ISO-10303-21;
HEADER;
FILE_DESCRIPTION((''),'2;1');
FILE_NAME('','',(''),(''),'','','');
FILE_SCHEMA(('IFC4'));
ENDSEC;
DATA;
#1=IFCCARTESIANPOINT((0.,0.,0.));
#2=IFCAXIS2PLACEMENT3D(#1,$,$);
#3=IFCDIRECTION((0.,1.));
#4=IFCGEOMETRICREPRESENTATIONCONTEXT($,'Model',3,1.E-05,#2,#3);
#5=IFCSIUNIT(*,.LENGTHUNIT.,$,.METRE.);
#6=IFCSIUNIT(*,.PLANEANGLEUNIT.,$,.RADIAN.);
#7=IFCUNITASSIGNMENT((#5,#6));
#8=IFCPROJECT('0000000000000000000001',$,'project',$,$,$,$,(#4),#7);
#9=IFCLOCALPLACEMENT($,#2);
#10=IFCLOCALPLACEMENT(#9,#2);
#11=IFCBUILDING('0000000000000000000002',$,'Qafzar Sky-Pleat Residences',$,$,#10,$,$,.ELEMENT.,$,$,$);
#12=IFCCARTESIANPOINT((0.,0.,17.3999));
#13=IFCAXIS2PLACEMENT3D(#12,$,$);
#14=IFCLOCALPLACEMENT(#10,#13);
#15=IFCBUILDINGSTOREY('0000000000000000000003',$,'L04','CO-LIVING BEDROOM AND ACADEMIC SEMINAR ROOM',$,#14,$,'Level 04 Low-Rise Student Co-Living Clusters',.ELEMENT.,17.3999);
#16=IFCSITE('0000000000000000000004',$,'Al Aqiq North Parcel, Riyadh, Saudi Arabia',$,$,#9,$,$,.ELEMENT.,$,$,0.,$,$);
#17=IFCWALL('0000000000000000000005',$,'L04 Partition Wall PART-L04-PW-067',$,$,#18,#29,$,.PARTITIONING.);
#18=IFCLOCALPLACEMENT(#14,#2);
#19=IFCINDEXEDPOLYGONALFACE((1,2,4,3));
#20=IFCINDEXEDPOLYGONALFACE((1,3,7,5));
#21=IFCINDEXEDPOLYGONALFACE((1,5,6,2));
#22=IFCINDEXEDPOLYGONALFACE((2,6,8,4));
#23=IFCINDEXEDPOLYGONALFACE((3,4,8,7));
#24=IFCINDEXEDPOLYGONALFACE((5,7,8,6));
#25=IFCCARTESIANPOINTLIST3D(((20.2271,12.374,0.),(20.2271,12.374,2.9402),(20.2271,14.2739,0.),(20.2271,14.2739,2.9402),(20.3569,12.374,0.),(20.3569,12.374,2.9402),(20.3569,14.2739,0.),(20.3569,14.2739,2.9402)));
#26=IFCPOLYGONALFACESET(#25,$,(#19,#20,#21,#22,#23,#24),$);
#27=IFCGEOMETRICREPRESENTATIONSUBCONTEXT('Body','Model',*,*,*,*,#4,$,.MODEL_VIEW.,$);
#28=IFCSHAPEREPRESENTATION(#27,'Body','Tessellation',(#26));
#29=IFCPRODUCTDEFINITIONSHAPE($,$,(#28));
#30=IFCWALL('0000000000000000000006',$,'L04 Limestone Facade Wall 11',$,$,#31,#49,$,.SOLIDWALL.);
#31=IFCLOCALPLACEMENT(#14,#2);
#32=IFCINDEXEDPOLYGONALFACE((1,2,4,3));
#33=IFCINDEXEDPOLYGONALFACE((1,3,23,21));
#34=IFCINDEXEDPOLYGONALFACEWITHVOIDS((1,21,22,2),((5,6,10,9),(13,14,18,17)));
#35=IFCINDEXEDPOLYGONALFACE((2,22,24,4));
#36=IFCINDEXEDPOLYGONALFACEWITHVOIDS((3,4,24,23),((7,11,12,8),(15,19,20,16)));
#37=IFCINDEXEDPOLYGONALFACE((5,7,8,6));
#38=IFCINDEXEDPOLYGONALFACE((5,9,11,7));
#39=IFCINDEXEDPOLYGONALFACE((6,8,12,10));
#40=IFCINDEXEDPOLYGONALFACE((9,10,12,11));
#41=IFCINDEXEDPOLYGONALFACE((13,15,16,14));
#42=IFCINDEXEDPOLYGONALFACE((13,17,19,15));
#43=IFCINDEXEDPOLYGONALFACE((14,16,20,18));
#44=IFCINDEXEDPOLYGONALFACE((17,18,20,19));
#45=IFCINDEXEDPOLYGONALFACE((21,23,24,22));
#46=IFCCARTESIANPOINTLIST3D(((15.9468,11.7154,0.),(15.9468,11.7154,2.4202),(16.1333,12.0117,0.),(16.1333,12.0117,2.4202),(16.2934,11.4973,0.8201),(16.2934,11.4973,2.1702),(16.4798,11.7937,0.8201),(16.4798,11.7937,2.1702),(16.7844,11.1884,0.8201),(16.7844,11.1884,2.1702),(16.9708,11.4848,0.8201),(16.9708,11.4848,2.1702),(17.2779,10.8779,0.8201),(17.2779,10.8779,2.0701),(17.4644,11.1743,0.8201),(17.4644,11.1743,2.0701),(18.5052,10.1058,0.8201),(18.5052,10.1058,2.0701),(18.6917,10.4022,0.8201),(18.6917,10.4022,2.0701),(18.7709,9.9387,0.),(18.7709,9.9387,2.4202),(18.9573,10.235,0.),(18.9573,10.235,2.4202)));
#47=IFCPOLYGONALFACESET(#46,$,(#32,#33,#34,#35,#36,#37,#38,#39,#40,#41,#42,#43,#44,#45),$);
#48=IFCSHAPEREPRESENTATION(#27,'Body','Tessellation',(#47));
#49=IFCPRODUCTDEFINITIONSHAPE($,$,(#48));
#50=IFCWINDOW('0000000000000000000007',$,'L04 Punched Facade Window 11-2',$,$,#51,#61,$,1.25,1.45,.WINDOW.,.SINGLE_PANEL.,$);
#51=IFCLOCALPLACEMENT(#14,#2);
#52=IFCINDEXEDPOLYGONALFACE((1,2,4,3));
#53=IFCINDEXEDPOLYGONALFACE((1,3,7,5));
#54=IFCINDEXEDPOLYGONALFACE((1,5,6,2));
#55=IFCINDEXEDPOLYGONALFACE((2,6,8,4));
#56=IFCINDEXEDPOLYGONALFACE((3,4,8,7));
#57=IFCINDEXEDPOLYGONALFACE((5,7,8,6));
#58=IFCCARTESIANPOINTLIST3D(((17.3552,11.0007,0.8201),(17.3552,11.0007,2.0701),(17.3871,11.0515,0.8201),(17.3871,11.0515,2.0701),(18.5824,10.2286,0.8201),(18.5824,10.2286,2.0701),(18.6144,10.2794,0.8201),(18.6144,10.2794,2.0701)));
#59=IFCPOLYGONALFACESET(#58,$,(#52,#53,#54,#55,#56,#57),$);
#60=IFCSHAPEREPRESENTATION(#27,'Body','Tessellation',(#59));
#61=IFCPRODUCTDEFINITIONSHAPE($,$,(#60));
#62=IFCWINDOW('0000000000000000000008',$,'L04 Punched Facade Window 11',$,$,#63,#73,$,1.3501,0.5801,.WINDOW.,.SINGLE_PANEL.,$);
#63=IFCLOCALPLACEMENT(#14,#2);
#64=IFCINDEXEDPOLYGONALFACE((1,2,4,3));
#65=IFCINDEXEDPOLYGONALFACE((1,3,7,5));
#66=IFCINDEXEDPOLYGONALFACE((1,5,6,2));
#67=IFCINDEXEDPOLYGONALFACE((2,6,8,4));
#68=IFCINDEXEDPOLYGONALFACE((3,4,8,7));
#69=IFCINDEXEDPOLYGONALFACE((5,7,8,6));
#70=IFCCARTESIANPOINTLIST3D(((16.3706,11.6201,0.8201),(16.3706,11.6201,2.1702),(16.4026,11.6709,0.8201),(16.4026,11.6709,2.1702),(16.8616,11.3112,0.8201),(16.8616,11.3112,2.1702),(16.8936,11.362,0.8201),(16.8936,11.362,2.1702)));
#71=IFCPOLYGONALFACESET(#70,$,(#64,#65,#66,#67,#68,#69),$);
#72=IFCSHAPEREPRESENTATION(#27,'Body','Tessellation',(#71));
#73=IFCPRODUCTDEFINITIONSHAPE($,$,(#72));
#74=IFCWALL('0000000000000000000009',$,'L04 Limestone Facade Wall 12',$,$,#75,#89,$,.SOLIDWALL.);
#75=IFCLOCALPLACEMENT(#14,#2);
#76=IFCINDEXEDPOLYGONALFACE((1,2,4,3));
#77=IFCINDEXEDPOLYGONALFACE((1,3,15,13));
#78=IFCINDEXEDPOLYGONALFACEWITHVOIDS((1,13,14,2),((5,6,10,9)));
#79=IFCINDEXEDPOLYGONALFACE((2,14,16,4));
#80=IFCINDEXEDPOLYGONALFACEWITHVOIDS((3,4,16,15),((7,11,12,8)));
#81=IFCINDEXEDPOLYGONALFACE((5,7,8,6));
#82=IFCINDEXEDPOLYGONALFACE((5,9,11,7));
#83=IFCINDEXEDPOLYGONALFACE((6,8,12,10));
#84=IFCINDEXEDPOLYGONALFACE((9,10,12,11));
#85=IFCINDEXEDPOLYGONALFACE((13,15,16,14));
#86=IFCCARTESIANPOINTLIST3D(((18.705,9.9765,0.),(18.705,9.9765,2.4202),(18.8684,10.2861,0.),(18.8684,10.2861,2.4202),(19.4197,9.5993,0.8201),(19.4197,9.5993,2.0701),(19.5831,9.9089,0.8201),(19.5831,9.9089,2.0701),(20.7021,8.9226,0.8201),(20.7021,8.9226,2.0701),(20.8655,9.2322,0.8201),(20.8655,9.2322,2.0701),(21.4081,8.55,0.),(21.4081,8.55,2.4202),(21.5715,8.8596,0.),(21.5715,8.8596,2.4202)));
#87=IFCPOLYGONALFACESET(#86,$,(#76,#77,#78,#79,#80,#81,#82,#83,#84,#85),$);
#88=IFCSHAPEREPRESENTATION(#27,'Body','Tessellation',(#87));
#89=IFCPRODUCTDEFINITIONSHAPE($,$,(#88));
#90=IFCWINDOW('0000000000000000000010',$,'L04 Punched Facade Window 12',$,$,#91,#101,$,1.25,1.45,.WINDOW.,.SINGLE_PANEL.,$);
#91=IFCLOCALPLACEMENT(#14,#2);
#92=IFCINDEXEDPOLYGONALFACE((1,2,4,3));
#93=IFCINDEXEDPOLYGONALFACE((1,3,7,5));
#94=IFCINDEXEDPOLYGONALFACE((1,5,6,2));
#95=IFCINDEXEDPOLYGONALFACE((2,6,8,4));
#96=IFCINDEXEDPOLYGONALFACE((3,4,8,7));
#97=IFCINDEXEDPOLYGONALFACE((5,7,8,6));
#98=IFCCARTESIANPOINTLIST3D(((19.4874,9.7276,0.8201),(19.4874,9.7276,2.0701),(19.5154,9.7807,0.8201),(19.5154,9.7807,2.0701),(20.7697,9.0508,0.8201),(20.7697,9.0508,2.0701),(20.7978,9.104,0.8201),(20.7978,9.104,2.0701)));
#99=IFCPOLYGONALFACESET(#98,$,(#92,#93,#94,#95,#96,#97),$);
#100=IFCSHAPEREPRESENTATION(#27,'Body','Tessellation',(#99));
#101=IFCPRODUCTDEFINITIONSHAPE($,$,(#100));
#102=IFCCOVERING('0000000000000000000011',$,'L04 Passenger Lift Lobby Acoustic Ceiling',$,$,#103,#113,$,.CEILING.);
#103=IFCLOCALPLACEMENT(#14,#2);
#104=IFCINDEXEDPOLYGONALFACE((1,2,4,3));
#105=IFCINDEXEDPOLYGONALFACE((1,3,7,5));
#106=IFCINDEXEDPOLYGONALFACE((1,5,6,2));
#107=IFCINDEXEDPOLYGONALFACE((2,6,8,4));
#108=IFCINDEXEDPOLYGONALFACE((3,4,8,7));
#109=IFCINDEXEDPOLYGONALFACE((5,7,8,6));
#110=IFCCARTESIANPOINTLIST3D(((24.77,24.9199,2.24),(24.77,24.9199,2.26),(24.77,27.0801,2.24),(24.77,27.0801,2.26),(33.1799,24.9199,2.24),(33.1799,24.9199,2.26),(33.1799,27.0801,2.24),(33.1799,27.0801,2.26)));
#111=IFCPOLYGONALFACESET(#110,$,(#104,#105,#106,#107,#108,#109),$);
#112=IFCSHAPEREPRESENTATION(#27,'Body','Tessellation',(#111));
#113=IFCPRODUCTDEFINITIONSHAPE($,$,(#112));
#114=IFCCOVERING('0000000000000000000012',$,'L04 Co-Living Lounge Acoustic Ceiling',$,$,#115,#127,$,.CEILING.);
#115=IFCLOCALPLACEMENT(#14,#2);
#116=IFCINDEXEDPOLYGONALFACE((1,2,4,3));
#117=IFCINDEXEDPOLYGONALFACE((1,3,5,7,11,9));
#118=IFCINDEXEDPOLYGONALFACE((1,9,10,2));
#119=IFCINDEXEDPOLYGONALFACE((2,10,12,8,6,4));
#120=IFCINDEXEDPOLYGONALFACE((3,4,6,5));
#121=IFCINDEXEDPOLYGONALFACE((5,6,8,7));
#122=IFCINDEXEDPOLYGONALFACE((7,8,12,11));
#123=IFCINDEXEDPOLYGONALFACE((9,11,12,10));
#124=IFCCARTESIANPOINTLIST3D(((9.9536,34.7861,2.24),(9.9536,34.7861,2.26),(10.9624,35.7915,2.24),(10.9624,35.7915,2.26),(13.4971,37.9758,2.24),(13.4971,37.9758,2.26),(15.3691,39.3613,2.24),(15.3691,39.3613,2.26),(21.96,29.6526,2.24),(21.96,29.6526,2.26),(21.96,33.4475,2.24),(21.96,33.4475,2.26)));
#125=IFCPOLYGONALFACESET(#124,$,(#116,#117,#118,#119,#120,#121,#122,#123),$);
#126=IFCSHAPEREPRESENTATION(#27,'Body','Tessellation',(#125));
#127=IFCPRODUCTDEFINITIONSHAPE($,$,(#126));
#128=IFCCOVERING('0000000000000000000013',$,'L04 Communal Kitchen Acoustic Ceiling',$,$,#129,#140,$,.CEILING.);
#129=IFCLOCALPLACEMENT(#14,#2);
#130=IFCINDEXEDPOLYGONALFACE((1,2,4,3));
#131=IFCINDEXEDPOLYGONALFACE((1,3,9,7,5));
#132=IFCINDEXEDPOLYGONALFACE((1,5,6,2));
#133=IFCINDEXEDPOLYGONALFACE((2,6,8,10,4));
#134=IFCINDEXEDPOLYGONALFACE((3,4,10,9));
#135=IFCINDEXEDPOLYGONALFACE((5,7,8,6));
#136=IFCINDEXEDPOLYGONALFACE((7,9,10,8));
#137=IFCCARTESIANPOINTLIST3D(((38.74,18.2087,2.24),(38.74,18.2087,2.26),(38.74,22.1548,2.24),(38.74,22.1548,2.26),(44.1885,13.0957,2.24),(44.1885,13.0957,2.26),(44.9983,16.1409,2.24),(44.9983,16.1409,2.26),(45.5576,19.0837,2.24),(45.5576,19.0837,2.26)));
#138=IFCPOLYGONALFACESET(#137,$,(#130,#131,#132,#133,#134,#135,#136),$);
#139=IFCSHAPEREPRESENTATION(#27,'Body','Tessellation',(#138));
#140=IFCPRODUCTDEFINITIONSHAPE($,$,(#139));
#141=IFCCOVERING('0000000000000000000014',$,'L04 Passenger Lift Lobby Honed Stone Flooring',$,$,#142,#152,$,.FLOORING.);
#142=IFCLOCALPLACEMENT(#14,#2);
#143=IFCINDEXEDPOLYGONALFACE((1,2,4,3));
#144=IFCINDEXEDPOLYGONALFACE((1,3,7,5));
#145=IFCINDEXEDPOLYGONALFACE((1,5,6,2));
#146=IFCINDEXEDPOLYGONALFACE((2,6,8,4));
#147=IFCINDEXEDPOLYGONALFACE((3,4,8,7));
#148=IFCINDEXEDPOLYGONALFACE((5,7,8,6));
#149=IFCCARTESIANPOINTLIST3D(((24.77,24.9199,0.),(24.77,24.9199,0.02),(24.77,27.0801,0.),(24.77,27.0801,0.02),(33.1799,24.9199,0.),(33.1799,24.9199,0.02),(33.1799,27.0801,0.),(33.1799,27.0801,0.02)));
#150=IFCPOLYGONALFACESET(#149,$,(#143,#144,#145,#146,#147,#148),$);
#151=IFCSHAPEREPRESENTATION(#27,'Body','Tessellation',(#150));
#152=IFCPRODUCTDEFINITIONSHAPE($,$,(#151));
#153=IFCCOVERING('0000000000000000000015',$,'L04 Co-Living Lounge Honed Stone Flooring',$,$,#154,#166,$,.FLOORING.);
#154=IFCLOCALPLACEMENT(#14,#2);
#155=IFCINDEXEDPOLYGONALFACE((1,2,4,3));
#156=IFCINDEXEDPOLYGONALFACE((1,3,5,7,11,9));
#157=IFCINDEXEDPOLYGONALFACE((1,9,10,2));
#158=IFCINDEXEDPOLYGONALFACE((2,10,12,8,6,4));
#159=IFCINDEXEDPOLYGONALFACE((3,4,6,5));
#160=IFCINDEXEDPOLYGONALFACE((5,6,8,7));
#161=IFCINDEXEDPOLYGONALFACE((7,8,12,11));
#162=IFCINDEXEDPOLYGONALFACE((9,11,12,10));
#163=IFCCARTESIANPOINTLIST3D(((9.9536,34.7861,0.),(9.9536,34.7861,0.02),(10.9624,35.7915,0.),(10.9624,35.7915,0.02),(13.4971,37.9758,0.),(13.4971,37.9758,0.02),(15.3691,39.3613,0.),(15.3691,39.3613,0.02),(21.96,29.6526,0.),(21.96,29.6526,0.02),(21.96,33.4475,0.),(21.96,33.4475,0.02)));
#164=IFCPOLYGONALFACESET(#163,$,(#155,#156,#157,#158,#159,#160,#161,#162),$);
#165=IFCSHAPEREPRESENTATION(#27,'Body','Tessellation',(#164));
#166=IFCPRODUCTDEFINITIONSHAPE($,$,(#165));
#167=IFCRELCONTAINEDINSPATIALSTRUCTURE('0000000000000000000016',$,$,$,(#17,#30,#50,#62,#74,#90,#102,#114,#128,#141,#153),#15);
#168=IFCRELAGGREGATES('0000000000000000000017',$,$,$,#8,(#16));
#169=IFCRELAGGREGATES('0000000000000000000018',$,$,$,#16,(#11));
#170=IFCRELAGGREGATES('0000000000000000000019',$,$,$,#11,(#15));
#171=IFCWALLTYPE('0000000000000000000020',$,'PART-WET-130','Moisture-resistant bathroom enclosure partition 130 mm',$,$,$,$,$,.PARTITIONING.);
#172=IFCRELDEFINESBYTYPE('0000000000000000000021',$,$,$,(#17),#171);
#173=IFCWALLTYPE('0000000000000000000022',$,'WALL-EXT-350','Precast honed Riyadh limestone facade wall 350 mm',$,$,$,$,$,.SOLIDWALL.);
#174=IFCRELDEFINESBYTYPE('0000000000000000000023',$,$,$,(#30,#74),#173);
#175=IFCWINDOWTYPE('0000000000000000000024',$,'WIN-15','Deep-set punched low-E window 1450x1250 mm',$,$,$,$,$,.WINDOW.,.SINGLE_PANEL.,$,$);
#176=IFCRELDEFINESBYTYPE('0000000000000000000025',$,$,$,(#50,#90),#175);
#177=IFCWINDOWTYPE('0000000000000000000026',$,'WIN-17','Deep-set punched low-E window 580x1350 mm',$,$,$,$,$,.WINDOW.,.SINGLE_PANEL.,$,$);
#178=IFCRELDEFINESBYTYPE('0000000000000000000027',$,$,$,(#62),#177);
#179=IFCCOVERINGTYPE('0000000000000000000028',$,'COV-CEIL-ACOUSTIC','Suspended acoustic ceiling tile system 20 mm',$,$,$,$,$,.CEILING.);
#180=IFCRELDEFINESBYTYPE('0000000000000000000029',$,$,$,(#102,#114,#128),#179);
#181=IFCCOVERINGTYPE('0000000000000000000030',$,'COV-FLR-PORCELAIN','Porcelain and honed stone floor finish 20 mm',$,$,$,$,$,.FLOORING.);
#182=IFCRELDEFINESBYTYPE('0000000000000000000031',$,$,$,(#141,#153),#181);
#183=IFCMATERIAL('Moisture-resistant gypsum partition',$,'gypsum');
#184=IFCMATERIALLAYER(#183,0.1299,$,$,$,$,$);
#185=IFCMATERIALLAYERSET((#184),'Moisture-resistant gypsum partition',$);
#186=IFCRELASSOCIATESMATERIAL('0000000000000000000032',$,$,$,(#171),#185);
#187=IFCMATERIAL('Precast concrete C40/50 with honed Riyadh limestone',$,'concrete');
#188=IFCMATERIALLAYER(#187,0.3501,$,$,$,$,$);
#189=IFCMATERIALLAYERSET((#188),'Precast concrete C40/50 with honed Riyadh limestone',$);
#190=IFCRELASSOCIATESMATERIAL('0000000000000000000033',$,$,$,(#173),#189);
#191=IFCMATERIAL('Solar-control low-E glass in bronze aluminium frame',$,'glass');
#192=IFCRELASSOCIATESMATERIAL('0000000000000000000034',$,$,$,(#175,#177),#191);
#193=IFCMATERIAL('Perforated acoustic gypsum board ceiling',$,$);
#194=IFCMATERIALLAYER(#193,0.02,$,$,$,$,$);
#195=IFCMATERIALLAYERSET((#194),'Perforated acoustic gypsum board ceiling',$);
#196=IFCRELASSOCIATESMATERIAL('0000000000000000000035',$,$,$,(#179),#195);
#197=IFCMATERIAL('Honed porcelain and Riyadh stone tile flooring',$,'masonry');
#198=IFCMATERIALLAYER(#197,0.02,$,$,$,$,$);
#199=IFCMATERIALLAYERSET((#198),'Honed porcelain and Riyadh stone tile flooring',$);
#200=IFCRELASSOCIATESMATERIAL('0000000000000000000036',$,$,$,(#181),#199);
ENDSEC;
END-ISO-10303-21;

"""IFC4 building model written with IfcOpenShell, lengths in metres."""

from ifc_helpers import new_model, si_unit, direction, frame, frame_2d, origin, place, context, subcontext, project, spatial, polyline, rectangle, outline, extrude, source, transform, mapped, material, layer, layer_set, type_object, element, fill, save


model = new_model("IFC4")

# Units and contexts
model_context = context("Model", 3, precision=1e-05, world=origin(), true_north=direction((0.0, 1.0)))
body_context = subcontext(model_context, "Body", "Model", "MODEL_VIEW")
ifc_project = project(units=[si_unit("LENGTHUNIT", "METRE"), si_unit("PLANEANGLEUNIT", "RADIAN")], contexts=[model_context])

# Site, building, storey
site_placement = place(None, origin())
site = spatial("IfcSite", under=ifc_project, at=site_placement, Name="Al Aqiq North Parcel, Riyadh, Saudi Arabia", CompositionType="ELEMENT", RefElevation=0.0)
building_placement = place(site_placement, origin())
building = spatial("IfcBuilding", under=site, at=building_placement, Name="Qafzar Sky-Pleat Residences", CompositionType="ELEMENT")
storey_placement = place(building_placement, frame((0.0, 0.0, 17.3999)))
storey = spatial("IfcBuildingStorey", under=building, at=storey_placement, Name="L04", Description="CO-LIVING BEDROOM AND ACADEMIC SEMINAR ROOM", LongName="Level 04 Low-Rise Student Co-Living Clusters", CompositionType="ELEMENT", Elevation=17.3999)

# Wall
ifc_material_1 = material(Name="Moisture-resistant gypsum partition", Category="gypsum")
ifc_layer_1 = layer(ifc_material_1, 0.1299)
ifc_layer_set_1 = layer_set([ifc_layer_1], Name="Moisture-resistant gypsum partition")
wall_type_1 = type_object("IfcWallType", Name="PART-WET-130", Description="Moisture-resistant bathroom enclosure partition 130 mm", PredefinedType="PARTITIONING", material=ifc_layer_set_1)
wall_1_placement = place(storey_placement, frame((20.292, 12.374, 0.0), z_axis=(0.0, 0.0, 1.0), x_axis=(0.0, 1.0, 0.0)))
element("IfcWall", 1, at=wall_1_placement, inside=storey, type_object=wall_type_1, Name="L04 Partition Wall PART-L04-PW-067", PredefinedType="PARTITIONING", context=body_context, shape_type="SweptSolid", body=[
    extrude(rectangle(XDim=1.8999, YDim=0.1299, at=frame_2d((0.95, 0.0))), origin(), (0.0, 0.0, 1.0), 2.9402),
])

# Wall, openings, windows
ifc_material_2 = material(Name="Precast concrete C40/50 with honed Riyadh limestone", Category="concrete")
ifc_layer_2 = layer(ifc_material_2, 0.3501)
ifc_layer_set_2 = layer_set([ifc_layer_2], Name="Precast concrete C40/50 with honed Riyadh limestone")
wall_type_2 = type_object("IfcWallType", Name="WALL-EXT-350", Description="Precast honed Riyadh limestone facade wall 350 mm", PredefinedType="SOLIDWALL", material=ifc_layer_set_2)
wall_2_placement = place(storey_placement, frame((16.04, 11.8635, 0.0), z_axis=(0.0, 0.0, 1.0), x_axis=(0.846428, -0.532503, 0.0)))
wall_2 = element("IfcWall", 2, at=wall_2_placement, inside=storey, type_object=wall_type_2, Name="L04 Limestone Facade Wall 11", PredefinedType="SOLIDWALL", context=body_context, shape_type="SweptSolid", body=[
    extrude(rectangle(XDim=3.3364, YDim=0.3501, at=frame_2d((1.6682, 0.0))), origin(), (0.0, 0.0, 1.0), 2.4202),
])
opening_1_placement = place(wall_2_placement, frame((0.4094, 0.0, 0.8201)))
opening_1 = element("IfcOpeningElement", 3, at=opening_1_placement, cuts=wall_2, PredefinedType="OPENING", context=body_context, shape_type="SweptSolid", body=[
    extrude(rectangle(XDim=0.5801, YDim=1.3501, at=frame_2d((0.29, 0.675))), frame((0.0, 0.1851, 0.0), z_axis=(0.0, -1.0, 0.0), x_axis=(1.0, 0.0, 0.0)), (0.0, 0.0, 1.0), 0.3701),
])
opening_2_placement = place(wall_2_placement, frame((1.5725, 0.0, 0.8201)))
opening_2 = element("IfcOpeningElement", 4, at=opening_2_placement, cuts=wall_2, PredefinedType="OPENING", context=body_context, shape_type="SweptSolid", body=[
    extrude(rectangle(XDim=1.45, YDim=1.25, at=frame_2d((0.7251, 0.625))), frame((0.0, 0.1851, 0.0), z_axis=(0.0, -1.0, 0.0), x_axis=(1.0, 0.0, 0.0)), (0.0, 0.0, 1.0), 0.3701),
])
ifc_material_3 = material(Name="Solar-control low-E glass in bronze aluminium frame", Category="glass")
window_type_1 = type_object("IfcWindowType", Name="WIN-15", Description="Deep-set punched low-E window 1450x1250 mm", PartitioningType="SINGLE_PANEL", PredefinedType="WINDOW", material=ifc_material_3)
shared_shape_1 = source(origin(), body_context, "Body", "SweptSolid", [
    extrude(rectangle(XDim=1.45, YDim=1.25, at=frame_2d((0.7251, 0.625))), frame((0.0, 0.03, 0.0), z_axis=(0.0, -1.0, 0.0), x_axis=(1.0, 0.0, 0.0)), (0.0, 0.0, 1.0), 0.0601),
])
window_1_placement = place(opening_2_placement, origin())
window_1 = element("IfcWindow", 5, at=window_1_placement, inside=storey, type_object=window_type_1, Name="L04 Punched Facade Window 11-2", OverallHeight=1.25, OverallWidth=1.45, PartitioningType="SINGLE_PANEL", PredefinedType="WINDOW", context=body_context, shape_type="MappedRepresentation", body=[
    mapped(shared_shape_1, transform((0.0, 0.0, 0.0), x_axis=(1.0, 0.0, 0.0), y_axis=(0.0, 1.0, 0.0), z_axis=(0.0, 0.0, 1.0), scale=1.0)),
])
fill(opening_2, window_1)
window_type_2 = type_object("IfcWindowType", Name="WIN-17", Description="Deep-set punched low-E window 580x1350 mm", PartitioningType="SINGLE_PANEL", PredefinedType="WINDOW", material=ifc_material_3)
shared_shape_2 = source(origin(), body_context, "Body", "SweptSolid", [
    extrude(rectangle(XDim=0.5801, YDim=1.3501, at=frame_2d((0.29, 0.675))), frame((0.0, 0.03, 0.0), z_axis=(0.0, -1.0, 0.0), x_axis=(1.0, 0.0, 0.0)), (0.0, 0.0, 1.0), 0.0601),
])
window_2_placement = place(opening_1_placement, origin())
window_2 = element("IfcWindow", 6, at=window_2_placement, inside=storey, type_object=window_type_2, Name="L04 Punched Facade Window 11", OverallHeight=1.3501, OverallWidth=0.5801, PartitioningType="SINGLE_PANEL", PredefinedType="WINDOW", context=body_context, shape_type="MappedRepresentation", body=[
    mapped(shared_shape_2, transform((0.0, 0.0, 0.0), x_axis=(1.0, 0.0, 0.0), y_axis=(0.0, 1.0, 0.0), z_axis=(0.0, 0.0, 1.0), scale=1.0)),
])
fill(opening_1, window_2)

# Wall, opening, window
wall_3_placement = place(storey_placement, frame((18.7866, 10.1313, 0.0), z_axis=(0.0, 0.0, 1.0), x_axis=(0.884403, -0.466724, 0.0)))
wall_3 = element("IfcWall", 7, at=wall_3_placement, inside=storey, type_object=wall_type_2, Name="L04 Limestone Facade Wall 12", PredefinedType="SOLIDWALL", context=body_context, shape_type="SweptSolid", body=[
    extrude(rectangle(XDim=3.0564, YDim=0.3501, at=frame_2d((1.5283, 0.0))), origin(), (0.0, 0.0, 1.0), 2.4202),
])
opening_3_placement = place(wall_3_placement, frame((0.8081, 0.0, 0.8201)))
opening_3 = element("IfcOpeningElement", 8, at=opening_3_placement, cuts=wall_3, PredefinedType="OPENING", context=body_context, shape_type="SweptSolid", body=[
    extrude(rectangle(XDim=1.45, YDim=1.25, at=frame_2d((0.7251, 0.625))), frame((0.0, 0.1851, 0.0), z_axis=(0.0, -1.0, 0.0), x_axis=(1.0, 0.0, 0.0)), (0.0, 0.0, 1.0), 0.3701),
])
window_3_placement = place(opening_3_placement, origin())
window_3 = element("IfcWindow", 9, at=window_3_placement, inside=storey, type_object=window_type_1, Name="L04 Punched Facade Window 12", OverallHeight=1.25, OverallWidth=1.45, PartitioningType="SINGLE_PANEL", PredefinedType="WINDOW", context=body_context, shape_type="MappedRepresentation", body=[
    mapped(shared_shape_1, transform((0.0, 0.0, 0.0), x_axis=(1.0, 0.0, 0.0), y_axis=(0.0, 1.0, 0.0), z_axis=(0.0, 0.0, 1.0), scale=1.0)),
])
fill(opening_3, window_3)

# Coverings
ifc_material_4 = material(Name="Perforated acoustic gypsum board ceiling")
ifc_layer_3 = layer(ifc_material_4, 0.02)
ifc_layer_set_3 = layer_set([ifc_layer_3], Name="Perforated acoustic gypsum board ceiling")
covering_type_1 = type_object("IfcCoveringType", Name="COV-CEIL-ACOUSTIC", Description="Suspended acoustic ceiling tile system 20 mm", PredefinedType="CEILING", material=ifc_layer_set_3)
covering_1_placement = place(storey_placement, frame((0.0, 0.0, 2.24)))
element("IfcCovering", 10, at=covering_1_placement, inside=storey, type_object=covering_type_1, Name="L04 Passenger Lift Lobby Acoustic Ceiling", PredefinedType="CEILING", context=body_context, shape_type="SweptSolid", body=[
    extrude(outline(polyline([(33.1799, 24.9199), (24.77, 24.9199), (24.77, 27.0801), (33.1799, 27.0801), (33.1799, 24.9199)])), origin(), (0.0, 0.0, 1.0), 0.02),
])
covering_2_placement = place(storey_placement, frame((0.0, 0.0, 2.24)))
element("IfcCovering", 11, at=covering_2_placement, inside=storey, type_object=covering_type_1, Name="L04 Co-Living Lounge Acoustic Ceiling", PredefinedType="CEILING", context=body_context, shape_type="SweptSolid", body=[
    extrude(outline(polyline([(13.4971, 37.9758), (15.3691, 39.3613), (21.96, 33.4475), (21.96, 29.6526), (9.9536, 34.7861), (10.9624, 35.7915), (13.4971, 37.9758)])), origin(), (0.0, 0.0, 1.0), 0.02),
])
covering_3_placement = place(storey_placement, frame((0.0, 0.0, 2.24)))
element("IfcCovering", 12, at=covering_3_placement, inside=storey, type_object=covering_type_1, Name="L04 Communal Kitchen Acoustic Ceiling", PredefinedType="CEILING", context=body_context, shape_type="SweptSolid", body=[
    extrude(outline(polyline([(44.1885, 13.0957), (38.74, 18.2087), (38.74, 22.1548), (45.5576, 19.0837), (44.9983, 16.1409), (44.1885, 13.0957)])), origin(), (0.0, 0.0, 1.0), 0.02),
])
ifc_material_5 = material(Name="Honed porcelain and Riyadh stone tile flooring", Category="masonry")
ifc_layer_4 = layer(ifc_material_5, 0.02)
ifc_layer_set_4 = layer_set([ifc_layer_4], Name="Honed porcelain and Riyadh stone tile flooring")
covering_type_2 = type_object("IfcCoveringType", Name="COV-FLR-PORCELAIN", Description="Porcelain and honed stone floor finish 20 mm", PredefinedType="FLOORING", material=ifc_layer_set_4)
covering_4_placement = place(storey_placement, origin())
element("IfcCovering", 13, at=covering_4_placement, inside=storey, type_object=covering_type_2, Name="L04 Passenger Lift Lobby Honed Stone Flooring", PredefinedType="FLOORING", context=body_context, shape_type="SweptSolid", body=[
    extrude(outline(polyline([(33.1799, 24.9199), (24.77, 24.9199), (24.77, 27.0801), (33.1799, 27.0801), (33.1799, 24.9199)])), origin(), (0.0, 0.0, 1.0), 0.02),
])
covering_5_placement = place(storey_placement, origin())
element("IfcCovering", 14, at=covering_5_placement, inside=storey, type_object=covering_type_2, Name="L04 Co-Living Lounge Honed Stone Flooring", PredefinedType="FLOORING", context=body_context, shape_type="SweptSolid", body=[
    extrude(outline(polyline([(13.4971, 37.9758), (15.3691, 39.3613), (21.96, 33.4475), (21.96, 29.6526), (9.9536, 34.7861), (10.9624, 35.7915), (13.4971, 37.9758)])), origin(), (0.0, 0.0, 1.0), 0.02),
])

save(model, "model.ifc")
